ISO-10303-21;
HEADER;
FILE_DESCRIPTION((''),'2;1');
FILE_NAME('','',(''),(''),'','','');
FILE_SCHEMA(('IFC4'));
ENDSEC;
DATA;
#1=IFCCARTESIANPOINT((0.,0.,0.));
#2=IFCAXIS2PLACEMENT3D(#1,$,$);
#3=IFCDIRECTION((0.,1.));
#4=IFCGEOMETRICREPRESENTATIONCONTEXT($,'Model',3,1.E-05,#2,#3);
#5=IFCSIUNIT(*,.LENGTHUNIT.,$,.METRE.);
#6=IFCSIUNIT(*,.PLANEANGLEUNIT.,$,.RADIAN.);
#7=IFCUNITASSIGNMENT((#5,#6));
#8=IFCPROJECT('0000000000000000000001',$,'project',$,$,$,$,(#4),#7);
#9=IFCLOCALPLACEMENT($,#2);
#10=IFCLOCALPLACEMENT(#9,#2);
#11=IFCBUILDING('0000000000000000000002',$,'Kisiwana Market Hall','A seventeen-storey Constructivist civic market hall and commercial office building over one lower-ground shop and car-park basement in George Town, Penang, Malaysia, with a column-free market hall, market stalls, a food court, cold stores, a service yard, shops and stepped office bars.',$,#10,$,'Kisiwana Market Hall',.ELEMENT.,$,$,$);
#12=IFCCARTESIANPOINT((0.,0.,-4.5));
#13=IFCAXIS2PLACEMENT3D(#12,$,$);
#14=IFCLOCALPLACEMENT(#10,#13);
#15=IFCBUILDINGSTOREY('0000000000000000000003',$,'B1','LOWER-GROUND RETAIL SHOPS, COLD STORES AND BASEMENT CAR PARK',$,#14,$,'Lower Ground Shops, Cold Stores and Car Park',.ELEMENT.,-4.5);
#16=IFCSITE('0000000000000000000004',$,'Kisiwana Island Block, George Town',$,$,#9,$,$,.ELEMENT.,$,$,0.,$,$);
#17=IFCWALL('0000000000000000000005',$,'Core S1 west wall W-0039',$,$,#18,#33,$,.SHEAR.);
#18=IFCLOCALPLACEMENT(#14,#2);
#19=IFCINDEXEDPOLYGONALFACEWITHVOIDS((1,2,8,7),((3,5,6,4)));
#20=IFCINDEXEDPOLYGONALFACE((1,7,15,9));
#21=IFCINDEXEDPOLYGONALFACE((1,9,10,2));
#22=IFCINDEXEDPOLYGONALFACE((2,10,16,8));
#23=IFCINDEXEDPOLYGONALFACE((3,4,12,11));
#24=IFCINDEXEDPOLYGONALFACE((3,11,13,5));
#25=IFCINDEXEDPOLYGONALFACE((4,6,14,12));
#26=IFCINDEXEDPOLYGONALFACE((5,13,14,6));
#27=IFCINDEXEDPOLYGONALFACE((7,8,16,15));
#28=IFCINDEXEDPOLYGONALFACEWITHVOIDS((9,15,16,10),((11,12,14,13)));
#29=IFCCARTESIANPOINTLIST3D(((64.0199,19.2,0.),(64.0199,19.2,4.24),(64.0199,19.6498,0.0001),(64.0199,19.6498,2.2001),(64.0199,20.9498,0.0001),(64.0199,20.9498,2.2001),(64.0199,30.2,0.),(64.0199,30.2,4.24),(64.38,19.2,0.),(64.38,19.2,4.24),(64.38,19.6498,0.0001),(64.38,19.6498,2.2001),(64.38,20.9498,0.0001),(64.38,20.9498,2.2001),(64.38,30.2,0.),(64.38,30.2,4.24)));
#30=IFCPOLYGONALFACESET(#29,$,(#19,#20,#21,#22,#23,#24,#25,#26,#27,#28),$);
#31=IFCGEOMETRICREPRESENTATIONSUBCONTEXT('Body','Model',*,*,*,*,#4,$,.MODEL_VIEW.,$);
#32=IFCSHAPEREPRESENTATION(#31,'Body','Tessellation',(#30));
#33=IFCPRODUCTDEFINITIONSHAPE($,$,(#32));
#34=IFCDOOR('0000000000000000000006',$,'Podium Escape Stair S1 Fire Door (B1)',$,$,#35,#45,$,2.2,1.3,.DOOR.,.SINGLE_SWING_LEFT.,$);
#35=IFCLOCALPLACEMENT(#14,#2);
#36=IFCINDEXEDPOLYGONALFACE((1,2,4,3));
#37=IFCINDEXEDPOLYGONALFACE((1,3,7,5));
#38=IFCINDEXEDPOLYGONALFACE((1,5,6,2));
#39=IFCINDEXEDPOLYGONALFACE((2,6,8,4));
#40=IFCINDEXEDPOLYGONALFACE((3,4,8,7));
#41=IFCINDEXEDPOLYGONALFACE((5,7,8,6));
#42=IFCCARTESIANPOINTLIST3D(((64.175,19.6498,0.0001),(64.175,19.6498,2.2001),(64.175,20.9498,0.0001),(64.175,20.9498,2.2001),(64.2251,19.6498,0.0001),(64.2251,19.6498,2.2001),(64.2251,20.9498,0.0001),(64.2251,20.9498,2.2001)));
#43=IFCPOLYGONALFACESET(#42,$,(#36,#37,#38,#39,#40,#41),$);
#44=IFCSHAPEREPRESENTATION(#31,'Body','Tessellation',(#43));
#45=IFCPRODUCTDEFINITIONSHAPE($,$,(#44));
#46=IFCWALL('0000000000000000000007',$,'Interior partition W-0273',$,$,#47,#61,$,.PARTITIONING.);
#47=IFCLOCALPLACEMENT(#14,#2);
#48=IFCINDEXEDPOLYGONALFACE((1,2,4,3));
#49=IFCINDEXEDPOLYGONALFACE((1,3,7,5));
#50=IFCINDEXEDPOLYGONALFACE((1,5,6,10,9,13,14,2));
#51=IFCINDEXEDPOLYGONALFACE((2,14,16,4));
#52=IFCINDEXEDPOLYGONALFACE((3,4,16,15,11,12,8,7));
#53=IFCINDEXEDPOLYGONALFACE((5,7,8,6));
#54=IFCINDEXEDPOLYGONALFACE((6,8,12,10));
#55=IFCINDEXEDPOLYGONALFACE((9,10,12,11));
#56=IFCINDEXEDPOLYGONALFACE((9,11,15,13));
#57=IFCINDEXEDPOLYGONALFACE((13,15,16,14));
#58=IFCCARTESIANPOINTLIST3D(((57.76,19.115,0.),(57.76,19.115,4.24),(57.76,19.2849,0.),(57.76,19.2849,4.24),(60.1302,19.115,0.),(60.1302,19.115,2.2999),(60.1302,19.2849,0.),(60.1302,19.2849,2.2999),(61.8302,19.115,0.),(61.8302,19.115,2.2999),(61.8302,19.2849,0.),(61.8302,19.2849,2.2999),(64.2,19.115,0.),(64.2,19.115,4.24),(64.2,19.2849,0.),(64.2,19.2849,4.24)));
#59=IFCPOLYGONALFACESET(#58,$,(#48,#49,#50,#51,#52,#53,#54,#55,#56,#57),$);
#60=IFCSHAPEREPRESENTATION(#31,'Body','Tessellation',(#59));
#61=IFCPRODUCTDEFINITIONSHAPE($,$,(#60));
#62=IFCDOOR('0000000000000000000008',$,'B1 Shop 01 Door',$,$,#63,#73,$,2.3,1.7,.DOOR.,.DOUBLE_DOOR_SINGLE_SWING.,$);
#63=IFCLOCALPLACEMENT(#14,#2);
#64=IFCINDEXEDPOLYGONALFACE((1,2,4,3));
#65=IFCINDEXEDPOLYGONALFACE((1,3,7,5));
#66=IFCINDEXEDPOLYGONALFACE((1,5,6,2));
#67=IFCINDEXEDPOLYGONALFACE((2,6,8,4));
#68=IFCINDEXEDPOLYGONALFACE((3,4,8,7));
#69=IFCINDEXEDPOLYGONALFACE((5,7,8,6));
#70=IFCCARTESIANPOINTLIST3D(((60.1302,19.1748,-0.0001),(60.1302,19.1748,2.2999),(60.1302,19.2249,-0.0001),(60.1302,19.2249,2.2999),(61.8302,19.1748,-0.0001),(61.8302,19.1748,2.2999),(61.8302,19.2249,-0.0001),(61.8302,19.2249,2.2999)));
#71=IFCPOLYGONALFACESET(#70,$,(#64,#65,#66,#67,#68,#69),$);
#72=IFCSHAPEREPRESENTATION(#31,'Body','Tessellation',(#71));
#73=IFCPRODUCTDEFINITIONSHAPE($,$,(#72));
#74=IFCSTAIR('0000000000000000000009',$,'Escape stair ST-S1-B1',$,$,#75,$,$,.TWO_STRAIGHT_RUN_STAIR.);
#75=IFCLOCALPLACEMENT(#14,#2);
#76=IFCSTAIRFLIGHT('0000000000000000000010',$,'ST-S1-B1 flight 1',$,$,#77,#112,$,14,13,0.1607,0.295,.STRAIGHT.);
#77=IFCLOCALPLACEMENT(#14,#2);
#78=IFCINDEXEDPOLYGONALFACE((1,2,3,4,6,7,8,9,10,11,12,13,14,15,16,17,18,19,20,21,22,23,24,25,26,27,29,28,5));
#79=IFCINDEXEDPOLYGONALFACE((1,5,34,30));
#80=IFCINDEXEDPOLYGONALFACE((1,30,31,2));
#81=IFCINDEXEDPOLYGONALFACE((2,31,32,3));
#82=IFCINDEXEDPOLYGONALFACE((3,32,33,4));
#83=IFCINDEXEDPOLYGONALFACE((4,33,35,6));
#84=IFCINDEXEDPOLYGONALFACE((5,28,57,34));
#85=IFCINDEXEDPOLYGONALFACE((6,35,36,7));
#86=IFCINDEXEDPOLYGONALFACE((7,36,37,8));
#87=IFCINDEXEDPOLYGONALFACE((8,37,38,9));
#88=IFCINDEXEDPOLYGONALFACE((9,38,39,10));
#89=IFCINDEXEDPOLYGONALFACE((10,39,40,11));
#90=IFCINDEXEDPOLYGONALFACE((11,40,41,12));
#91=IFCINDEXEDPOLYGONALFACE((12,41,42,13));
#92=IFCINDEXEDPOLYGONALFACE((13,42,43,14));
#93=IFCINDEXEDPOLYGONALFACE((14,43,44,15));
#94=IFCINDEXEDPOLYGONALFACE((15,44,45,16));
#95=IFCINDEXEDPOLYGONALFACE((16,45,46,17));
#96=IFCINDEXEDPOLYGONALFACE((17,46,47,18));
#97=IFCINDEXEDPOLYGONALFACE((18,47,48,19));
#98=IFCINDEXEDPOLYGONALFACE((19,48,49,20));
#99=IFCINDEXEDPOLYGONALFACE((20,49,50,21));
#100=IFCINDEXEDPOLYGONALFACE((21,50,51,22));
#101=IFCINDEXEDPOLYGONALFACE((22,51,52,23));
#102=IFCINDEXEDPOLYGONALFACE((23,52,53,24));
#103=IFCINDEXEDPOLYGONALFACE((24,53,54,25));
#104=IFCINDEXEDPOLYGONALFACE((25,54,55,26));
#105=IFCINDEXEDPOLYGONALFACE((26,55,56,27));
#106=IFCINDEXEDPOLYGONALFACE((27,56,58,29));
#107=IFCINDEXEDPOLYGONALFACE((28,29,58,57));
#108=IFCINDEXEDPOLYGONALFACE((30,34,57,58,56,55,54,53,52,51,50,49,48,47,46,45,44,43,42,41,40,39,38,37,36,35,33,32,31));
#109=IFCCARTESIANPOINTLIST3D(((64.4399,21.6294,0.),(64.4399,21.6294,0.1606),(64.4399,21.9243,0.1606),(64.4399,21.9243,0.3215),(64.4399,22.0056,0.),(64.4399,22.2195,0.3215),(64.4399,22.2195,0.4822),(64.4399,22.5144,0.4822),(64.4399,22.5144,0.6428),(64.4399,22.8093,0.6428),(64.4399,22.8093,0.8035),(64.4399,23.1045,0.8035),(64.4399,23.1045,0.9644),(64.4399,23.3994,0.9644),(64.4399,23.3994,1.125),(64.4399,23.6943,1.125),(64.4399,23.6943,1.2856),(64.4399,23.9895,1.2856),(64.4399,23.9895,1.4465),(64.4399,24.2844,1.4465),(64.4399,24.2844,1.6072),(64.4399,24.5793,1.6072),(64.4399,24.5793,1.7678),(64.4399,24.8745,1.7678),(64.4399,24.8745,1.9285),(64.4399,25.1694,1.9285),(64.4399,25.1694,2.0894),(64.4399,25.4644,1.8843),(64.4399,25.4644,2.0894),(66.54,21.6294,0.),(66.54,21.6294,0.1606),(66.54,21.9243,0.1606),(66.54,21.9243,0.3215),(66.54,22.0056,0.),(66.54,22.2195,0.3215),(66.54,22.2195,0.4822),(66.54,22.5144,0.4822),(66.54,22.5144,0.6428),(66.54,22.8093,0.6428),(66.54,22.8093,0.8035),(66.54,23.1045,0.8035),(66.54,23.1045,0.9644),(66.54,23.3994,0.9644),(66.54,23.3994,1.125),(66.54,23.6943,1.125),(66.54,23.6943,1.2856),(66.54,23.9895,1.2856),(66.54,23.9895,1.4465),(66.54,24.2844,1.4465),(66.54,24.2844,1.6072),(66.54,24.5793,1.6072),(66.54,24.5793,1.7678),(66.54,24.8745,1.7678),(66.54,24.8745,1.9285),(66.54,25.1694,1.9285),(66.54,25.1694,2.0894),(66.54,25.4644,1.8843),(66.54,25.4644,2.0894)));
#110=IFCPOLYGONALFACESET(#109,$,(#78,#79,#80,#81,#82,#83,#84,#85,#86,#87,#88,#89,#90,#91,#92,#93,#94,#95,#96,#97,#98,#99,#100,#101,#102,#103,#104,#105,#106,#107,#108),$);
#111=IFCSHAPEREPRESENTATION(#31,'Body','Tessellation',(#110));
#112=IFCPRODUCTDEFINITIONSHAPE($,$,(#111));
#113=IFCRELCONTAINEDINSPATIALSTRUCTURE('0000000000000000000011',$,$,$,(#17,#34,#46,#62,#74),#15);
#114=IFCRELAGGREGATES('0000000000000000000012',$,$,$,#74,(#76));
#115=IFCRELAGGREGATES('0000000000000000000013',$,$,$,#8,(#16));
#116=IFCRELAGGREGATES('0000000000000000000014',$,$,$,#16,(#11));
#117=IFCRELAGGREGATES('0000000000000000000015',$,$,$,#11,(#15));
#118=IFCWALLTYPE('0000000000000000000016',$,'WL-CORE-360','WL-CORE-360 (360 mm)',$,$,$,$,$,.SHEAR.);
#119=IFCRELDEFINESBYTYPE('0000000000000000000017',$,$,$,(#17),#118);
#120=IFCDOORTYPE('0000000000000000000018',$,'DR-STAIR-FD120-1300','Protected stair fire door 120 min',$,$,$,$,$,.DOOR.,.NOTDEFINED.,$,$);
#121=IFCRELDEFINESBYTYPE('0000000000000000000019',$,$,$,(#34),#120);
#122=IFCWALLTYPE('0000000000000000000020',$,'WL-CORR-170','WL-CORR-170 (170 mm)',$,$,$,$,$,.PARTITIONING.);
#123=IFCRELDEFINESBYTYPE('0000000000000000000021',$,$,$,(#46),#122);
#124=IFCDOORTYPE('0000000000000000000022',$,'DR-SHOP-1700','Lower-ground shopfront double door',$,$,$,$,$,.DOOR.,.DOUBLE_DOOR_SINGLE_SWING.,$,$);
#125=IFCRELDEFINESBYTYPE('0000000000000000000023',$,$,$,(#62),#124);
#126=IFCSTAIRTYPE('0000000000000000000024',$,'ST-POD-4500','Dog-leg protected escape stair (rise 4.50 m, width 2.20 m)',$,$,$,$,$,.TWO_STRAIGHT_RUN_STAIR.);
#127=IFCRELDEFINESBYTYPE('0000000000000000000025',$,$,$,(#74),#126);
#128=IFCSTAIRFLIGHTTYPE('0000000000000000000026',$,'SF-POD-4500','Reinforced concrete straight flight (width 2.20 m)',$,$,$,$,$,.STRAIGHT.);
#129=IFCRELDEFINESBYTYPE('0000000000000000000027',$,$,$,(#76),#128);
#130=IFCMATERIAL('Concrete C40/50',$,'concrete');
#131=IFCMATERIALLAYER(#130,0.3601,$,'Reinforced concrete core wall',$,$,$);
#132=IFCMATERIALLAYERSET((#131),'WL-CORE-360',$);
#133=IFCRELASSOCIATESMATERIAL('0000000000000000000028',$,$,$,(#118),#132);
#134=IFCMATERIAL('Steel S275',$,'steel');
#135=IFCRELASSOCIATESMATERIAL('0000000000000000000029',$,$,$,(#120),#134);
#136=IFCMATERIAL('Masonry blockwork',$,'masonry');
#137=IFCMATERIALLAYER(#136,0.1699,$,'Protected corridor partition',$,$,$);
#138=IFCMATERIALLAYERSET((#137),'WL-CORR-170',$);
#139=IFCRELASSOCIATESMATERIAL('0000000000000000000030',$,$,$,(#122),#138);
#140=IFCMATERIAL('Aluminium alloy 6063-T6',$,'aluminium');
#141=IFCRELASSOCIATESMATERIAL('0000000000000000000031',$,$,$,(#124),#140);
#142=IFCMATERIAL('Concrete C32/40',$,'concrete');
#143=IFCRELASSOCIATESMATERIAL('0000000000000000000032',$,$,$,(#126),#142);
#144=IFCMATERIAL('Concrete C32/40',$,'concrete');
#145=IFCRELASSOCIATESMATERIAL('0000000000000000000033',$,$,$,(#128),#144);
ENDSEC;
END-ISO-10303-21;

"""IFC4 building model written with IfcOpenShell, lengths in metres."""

from ifc_helpers import new_model, si_unit, direction, frame, frame_2d, origin, place, context, subcontext, project, spatial, polyline, rectangle, outline, extrude, material, layer, layer_set, type_object, element, fill, aggregate, save


model = new_model("IFC4")

# Units and contexts
model_context = context("Model", 3, precision=1e-05, world=origin(), true_north=direction((0.0, 1.0)))
body_context = subcontext(model_context, "Body", "Model", "MODEL_VIEW")
ifc_project = project(units=[si_unit("LENGTHUNIT", "METRE"), si_unit("PLANEANGLEUNIT", "RADIAN")], contexts=[model_context])

# Site, building, storey
site_placement = place(None, origin())
site = spatial("IfcSite", under=ifc_project, at=site_placement, Name="Kisiwana Island Block, George Town", CompositionType="ELEMENT", RefElevation=0.0)
building_placement = place(site_placement, origin())
building = spatial("IfcBuilding", under=site, at=building_placement, Name="Kisiwana Market Hall", Description="A seventeen-storey Constructivist civic market hall and commercial office building over one lower-ground shop and car-park basement in George Town, Penang, Malaysia, with a column-free market hall, market stalls, a food court, cold stores, a service yard, shops and stepped office bars.", LongName="Kisiwana Market Hall", CompositionType="ELEMENT")
storey_placement = place(building_placement, frame((0.0, 0.0, -4.5)))
storey = spatial("IfcBuildingStorey", under=building, at=storey_placement, Name="B1", Description="LOWER-GROUND RETAIL SHOPS, COLD STORES AND BASEMENT CAR PARK", LongName="Lower Ground Shops, Cold Stores and Car Park", CompositionType="ELEMENT", Elevation=-4.5)

# Shared definitions
ifc_material_1 = material(Name="Concrete C40/50", Category="concrete")
ifc_layer_1 = layer(ifc_material_1, 0.3601, Name="Reinforced concrete core wall")
ifc_layer_set_1 = layer_set([ifc_layer_1], Name="WL-CORE-360")
wall_type_1 = type_object("IfcWallType", Name="WL-CORE-360", Description="WL-CORE-360 (360 mm)", PredefinedType="SHEAR", material=ifc_layer_set_1)

# Walls, openings, doors
wall_1_placement = place(storey_placement, frame((64.2, 19.2, 0.0), z_axis=(0.0, 0.0, 1.0), x_axis=(0.0, 1.0, 0.0)))
wall_1 = element("IfcWall", 1, at=wall_1_placement, inside=storey, type_object=wall_type_1, Name="Core S1 west wall W-0039", PredefinedType="SHEAR", context=body_context, shape_type="SweptSolid", body=[
    extrude(rectangle(XDim=11.0, YDim=0.3601, at=frame_2d((5.5, 0.0))), origin(), (0.0, 0.0, 1.0), 4.24),
])
opening_1_placement = place(wall_1_placement, frame((0.45, 0.0, 0.0)))
opening_1 = element("IfcOpeningElement", 2, at=opening_1_placement, cuts=wall_1, PredefinedType="OPENING", context=body_context, shape_type="SweptSolid", body=[
    extrude(rectangle(XDim=1.3, YDim=2.2, at=frame_2d((0.6499, 1.1001))), frame((0.0, 0.1919, 0.0), z_axis=(0.0, -1.0, 0.0), x_axis=(1.0, 0.0, 0.0)), (0.0, 0.0, 1.0), 0.384),
])
ifc_material_2 = material(Name="Steel S275", Category="steel")
door_type_1 = type_object("IfcDoorType", Name="DR-STAIR-FD120-1300", Description="Protected stair fire door 120 min", OperationType="NOTDEFINED", PredefinedType="DOOR", material=ifc_material_2)
door_1_placement = place(opening_1_placement, origin())
door_1 = element("IfcDoor", 3, at=door_1_placement, inside=storey, type_object=door_type_1, Name="Podium Escape Stair S1 Fire Door (B1)", OperationType="SINGLE_SWING_LEFT", OverallHeight=2.2, OverallWidth=1.3, PredefinedType="DOOR", context=body_context, shape_type="SweptSolid", body=[
    extrude(rectangle(XDim=1.3, YDim=2.2, at=frame_2d((0.6499, 1.1001))), frame((0.0, 0.0249, 0.0), z_axis=(0.0, -1.0, 0.0), x_axis=(1.0, 0.0, 0.0)), (0.0, 0.0, 1.0), 0.05),
])
fill(opening_1, door_1)
ifc_material_3 = material(Name="Masonry blockwork", Category="masonry")
ifc_layer_2 = layer(ifc_material_3, 0.1699, Name="Protected corridor partition")
ifc_layer_set_2 = layer_set([ifc_layer_2], Name="WL-CORR-170")
wall_type_2 = type_object("IfcWallType", Name="WL-CORR-170", Description="WL-CORR-170 (170 mm)", PredefinedType="PARTITIONING", material=ifc_layer_set_2)
wall_2_placement = place(storey_placement, frame((57.76, 19.2, 0.0), z_axis=(0.0, 0.0, 1.0), x_axis=(1.0, 0.0, 0.0)))
wall_2 = element("IfcWall", 4, at=wall_2_placement, inside=storey, type_object=wall_type_2, Name="Interior partition W-0273", PredefinedType="PARTITIONING", context=body_context, shape_type="SweptSolid", body=[
    extrude(rectangle(XDim=6.4399, YDim=0.1699, at=frame_2d((3.22, 0.0))), origin(), (0.0, 0.0, 1.0), 4.24),
])
opening_2_placement = place(wall_2_placement, frame((2.3701, 0.0, 0.0)))
opening_2 = element("IfcOpeningElement", 5, at=opening_2_placement, cuts=wall_2, PredefinedType="OPENING", context=body_context, shape_type="SweptSolid", body=[
    extrude(rectangle(XDim=1.7, YDim=2.3, at=frame_2d((0.8501, 1.1499))), frame((0.0, 0.0969, 0.0), z_axis=(0.0, -1.0, 0.0), x_axis=(1.0, 0.0, 0.0)), (0.0, 0.0, 1.0), 0.1938),
])
ifc_material_4 = material(Name="Aluminium alloy 6063-T6", Category="aluminium")
door_type_2 = type_object("IfcDoorType", Name="DR-SHOP-1700", Description="Lower-ground shopfront double door", OperationType="DOUBLE_DOOR_SINGLE_SWING", PredefinedType="DOOR", material=ifc_material_4)
door_2_placement = place(opening_2_placement, origin())
door_2 = element("IfcDoor", 6, at=door_2_placement, inside=storey, type_object=door_type_2, Name="B1 Shop 01 Door", OperationType="DOUBLE_DOOR_SINGLE_SWING", OverallHeight=2.3, OverallWidth=1.7, PredefinedType="DOOR", context=body_context, shape_type="SweptSolid", body=[
    extrude(rectangle(XDim=1.7, YDim=2.3, at=frame_2d((0.8501, 1.1499))), frame((0.0, 0.0249, 0.0), z_axis=(0.0, -1.0, 0.0), x_axis=(1.0, 0.0, 0.0)), (0.0, 0.0, 1.0), 0.05),
])
fill(opening_2, door_2)

# Stair, stair flight
ifc_material_5 = material(Name="Concrete C32/40", Category="concrete")
stair_type = type_object("IfcStairType", Name="ST-POD-4500", Description="Dog-leg protected escape stair (rise 4.50 m, width 2.20 m)", PredefinedType="TWO_STRAIGHT_RUN_STAIR", material=ifc_material_5)
stair_placement = place(storey_placement, origin())
stair = element("IfcStair", 7, at=stair_placement, inside=storey, type_object=stair_type, Name="Escape stair ST-S1-B1", PredefinedType="TWO_STRAIGHT_RUN_STAIR")
ifc_material_6 = material(Name="Concrete C32/40", Category="concrete")
stair_flight_type = type_object("IfcStairFlightType", Name="SF-POD-4500", Description="Reinforced concrete straight flight (width 2.20 m)", PredefinedType="STRAIGHT", material=ifc_material_6)
stair_flight_placement = place(storey_placement, frame((65.49, 21.6294, 0.0), z_axis=(0.0, 0.0, 1.0), x_axis=(0.0, 1.0, 0.0)))
stair_flight = element("IfcStairFlight", 8, at=stair_flight_placement, type_object=stair_flight_type, Name="ST-S1-B1 flight 1", NumberOfRisers=14, NumberOfTreads=13, PredefinedType="STRAIGHT", RiserHeight=0.1607, TreadLength=0.295, context=body_context, shape_type="SweptSolid", body=[
    extrude(outline(polyline([(0.0, 0.0), (0.0, 0.1606), (0.2949, 0.1606), (0.2949, 0.3215), (0.5901, 0.3215), (0.5901, 0.4822), (0.885, 0.4822), (0.885, 0.6428), (1.1799, 0.6428), (1.1799, 0.8035), (1.4751, 0.8035), (1.4751, 0.9644), (1.77, 0.9644), (1.77, 1.125), (2.0649, 1.125), (2.0649, 1.2856), (2.3601, 1.2856), (2.3601, 1.4465), (2.655, 1.4465), (2.655, 1.6072), (2.95, 1.6072), (2.95, 1.7678), (3.2451, 1.7678), (3.2451, 1.9285), (3.54, 1.9285), (3.54, 2.0894), (3.835, 2.0894), (3.835, 2.25), (3.835, 1.8843), (0.3762, 0.0), (0.0, 0.0)])), frame((0.0, 1.05, 0.0), z_axis=(0.0, -1.0, 0.0), x_axis=(1.0, 0.0, 0.0)), (0.0, 0.0, 1.0), 2.1001),
])
aggregate(stair, [stair_flight])

save(model, "model.ifc")
